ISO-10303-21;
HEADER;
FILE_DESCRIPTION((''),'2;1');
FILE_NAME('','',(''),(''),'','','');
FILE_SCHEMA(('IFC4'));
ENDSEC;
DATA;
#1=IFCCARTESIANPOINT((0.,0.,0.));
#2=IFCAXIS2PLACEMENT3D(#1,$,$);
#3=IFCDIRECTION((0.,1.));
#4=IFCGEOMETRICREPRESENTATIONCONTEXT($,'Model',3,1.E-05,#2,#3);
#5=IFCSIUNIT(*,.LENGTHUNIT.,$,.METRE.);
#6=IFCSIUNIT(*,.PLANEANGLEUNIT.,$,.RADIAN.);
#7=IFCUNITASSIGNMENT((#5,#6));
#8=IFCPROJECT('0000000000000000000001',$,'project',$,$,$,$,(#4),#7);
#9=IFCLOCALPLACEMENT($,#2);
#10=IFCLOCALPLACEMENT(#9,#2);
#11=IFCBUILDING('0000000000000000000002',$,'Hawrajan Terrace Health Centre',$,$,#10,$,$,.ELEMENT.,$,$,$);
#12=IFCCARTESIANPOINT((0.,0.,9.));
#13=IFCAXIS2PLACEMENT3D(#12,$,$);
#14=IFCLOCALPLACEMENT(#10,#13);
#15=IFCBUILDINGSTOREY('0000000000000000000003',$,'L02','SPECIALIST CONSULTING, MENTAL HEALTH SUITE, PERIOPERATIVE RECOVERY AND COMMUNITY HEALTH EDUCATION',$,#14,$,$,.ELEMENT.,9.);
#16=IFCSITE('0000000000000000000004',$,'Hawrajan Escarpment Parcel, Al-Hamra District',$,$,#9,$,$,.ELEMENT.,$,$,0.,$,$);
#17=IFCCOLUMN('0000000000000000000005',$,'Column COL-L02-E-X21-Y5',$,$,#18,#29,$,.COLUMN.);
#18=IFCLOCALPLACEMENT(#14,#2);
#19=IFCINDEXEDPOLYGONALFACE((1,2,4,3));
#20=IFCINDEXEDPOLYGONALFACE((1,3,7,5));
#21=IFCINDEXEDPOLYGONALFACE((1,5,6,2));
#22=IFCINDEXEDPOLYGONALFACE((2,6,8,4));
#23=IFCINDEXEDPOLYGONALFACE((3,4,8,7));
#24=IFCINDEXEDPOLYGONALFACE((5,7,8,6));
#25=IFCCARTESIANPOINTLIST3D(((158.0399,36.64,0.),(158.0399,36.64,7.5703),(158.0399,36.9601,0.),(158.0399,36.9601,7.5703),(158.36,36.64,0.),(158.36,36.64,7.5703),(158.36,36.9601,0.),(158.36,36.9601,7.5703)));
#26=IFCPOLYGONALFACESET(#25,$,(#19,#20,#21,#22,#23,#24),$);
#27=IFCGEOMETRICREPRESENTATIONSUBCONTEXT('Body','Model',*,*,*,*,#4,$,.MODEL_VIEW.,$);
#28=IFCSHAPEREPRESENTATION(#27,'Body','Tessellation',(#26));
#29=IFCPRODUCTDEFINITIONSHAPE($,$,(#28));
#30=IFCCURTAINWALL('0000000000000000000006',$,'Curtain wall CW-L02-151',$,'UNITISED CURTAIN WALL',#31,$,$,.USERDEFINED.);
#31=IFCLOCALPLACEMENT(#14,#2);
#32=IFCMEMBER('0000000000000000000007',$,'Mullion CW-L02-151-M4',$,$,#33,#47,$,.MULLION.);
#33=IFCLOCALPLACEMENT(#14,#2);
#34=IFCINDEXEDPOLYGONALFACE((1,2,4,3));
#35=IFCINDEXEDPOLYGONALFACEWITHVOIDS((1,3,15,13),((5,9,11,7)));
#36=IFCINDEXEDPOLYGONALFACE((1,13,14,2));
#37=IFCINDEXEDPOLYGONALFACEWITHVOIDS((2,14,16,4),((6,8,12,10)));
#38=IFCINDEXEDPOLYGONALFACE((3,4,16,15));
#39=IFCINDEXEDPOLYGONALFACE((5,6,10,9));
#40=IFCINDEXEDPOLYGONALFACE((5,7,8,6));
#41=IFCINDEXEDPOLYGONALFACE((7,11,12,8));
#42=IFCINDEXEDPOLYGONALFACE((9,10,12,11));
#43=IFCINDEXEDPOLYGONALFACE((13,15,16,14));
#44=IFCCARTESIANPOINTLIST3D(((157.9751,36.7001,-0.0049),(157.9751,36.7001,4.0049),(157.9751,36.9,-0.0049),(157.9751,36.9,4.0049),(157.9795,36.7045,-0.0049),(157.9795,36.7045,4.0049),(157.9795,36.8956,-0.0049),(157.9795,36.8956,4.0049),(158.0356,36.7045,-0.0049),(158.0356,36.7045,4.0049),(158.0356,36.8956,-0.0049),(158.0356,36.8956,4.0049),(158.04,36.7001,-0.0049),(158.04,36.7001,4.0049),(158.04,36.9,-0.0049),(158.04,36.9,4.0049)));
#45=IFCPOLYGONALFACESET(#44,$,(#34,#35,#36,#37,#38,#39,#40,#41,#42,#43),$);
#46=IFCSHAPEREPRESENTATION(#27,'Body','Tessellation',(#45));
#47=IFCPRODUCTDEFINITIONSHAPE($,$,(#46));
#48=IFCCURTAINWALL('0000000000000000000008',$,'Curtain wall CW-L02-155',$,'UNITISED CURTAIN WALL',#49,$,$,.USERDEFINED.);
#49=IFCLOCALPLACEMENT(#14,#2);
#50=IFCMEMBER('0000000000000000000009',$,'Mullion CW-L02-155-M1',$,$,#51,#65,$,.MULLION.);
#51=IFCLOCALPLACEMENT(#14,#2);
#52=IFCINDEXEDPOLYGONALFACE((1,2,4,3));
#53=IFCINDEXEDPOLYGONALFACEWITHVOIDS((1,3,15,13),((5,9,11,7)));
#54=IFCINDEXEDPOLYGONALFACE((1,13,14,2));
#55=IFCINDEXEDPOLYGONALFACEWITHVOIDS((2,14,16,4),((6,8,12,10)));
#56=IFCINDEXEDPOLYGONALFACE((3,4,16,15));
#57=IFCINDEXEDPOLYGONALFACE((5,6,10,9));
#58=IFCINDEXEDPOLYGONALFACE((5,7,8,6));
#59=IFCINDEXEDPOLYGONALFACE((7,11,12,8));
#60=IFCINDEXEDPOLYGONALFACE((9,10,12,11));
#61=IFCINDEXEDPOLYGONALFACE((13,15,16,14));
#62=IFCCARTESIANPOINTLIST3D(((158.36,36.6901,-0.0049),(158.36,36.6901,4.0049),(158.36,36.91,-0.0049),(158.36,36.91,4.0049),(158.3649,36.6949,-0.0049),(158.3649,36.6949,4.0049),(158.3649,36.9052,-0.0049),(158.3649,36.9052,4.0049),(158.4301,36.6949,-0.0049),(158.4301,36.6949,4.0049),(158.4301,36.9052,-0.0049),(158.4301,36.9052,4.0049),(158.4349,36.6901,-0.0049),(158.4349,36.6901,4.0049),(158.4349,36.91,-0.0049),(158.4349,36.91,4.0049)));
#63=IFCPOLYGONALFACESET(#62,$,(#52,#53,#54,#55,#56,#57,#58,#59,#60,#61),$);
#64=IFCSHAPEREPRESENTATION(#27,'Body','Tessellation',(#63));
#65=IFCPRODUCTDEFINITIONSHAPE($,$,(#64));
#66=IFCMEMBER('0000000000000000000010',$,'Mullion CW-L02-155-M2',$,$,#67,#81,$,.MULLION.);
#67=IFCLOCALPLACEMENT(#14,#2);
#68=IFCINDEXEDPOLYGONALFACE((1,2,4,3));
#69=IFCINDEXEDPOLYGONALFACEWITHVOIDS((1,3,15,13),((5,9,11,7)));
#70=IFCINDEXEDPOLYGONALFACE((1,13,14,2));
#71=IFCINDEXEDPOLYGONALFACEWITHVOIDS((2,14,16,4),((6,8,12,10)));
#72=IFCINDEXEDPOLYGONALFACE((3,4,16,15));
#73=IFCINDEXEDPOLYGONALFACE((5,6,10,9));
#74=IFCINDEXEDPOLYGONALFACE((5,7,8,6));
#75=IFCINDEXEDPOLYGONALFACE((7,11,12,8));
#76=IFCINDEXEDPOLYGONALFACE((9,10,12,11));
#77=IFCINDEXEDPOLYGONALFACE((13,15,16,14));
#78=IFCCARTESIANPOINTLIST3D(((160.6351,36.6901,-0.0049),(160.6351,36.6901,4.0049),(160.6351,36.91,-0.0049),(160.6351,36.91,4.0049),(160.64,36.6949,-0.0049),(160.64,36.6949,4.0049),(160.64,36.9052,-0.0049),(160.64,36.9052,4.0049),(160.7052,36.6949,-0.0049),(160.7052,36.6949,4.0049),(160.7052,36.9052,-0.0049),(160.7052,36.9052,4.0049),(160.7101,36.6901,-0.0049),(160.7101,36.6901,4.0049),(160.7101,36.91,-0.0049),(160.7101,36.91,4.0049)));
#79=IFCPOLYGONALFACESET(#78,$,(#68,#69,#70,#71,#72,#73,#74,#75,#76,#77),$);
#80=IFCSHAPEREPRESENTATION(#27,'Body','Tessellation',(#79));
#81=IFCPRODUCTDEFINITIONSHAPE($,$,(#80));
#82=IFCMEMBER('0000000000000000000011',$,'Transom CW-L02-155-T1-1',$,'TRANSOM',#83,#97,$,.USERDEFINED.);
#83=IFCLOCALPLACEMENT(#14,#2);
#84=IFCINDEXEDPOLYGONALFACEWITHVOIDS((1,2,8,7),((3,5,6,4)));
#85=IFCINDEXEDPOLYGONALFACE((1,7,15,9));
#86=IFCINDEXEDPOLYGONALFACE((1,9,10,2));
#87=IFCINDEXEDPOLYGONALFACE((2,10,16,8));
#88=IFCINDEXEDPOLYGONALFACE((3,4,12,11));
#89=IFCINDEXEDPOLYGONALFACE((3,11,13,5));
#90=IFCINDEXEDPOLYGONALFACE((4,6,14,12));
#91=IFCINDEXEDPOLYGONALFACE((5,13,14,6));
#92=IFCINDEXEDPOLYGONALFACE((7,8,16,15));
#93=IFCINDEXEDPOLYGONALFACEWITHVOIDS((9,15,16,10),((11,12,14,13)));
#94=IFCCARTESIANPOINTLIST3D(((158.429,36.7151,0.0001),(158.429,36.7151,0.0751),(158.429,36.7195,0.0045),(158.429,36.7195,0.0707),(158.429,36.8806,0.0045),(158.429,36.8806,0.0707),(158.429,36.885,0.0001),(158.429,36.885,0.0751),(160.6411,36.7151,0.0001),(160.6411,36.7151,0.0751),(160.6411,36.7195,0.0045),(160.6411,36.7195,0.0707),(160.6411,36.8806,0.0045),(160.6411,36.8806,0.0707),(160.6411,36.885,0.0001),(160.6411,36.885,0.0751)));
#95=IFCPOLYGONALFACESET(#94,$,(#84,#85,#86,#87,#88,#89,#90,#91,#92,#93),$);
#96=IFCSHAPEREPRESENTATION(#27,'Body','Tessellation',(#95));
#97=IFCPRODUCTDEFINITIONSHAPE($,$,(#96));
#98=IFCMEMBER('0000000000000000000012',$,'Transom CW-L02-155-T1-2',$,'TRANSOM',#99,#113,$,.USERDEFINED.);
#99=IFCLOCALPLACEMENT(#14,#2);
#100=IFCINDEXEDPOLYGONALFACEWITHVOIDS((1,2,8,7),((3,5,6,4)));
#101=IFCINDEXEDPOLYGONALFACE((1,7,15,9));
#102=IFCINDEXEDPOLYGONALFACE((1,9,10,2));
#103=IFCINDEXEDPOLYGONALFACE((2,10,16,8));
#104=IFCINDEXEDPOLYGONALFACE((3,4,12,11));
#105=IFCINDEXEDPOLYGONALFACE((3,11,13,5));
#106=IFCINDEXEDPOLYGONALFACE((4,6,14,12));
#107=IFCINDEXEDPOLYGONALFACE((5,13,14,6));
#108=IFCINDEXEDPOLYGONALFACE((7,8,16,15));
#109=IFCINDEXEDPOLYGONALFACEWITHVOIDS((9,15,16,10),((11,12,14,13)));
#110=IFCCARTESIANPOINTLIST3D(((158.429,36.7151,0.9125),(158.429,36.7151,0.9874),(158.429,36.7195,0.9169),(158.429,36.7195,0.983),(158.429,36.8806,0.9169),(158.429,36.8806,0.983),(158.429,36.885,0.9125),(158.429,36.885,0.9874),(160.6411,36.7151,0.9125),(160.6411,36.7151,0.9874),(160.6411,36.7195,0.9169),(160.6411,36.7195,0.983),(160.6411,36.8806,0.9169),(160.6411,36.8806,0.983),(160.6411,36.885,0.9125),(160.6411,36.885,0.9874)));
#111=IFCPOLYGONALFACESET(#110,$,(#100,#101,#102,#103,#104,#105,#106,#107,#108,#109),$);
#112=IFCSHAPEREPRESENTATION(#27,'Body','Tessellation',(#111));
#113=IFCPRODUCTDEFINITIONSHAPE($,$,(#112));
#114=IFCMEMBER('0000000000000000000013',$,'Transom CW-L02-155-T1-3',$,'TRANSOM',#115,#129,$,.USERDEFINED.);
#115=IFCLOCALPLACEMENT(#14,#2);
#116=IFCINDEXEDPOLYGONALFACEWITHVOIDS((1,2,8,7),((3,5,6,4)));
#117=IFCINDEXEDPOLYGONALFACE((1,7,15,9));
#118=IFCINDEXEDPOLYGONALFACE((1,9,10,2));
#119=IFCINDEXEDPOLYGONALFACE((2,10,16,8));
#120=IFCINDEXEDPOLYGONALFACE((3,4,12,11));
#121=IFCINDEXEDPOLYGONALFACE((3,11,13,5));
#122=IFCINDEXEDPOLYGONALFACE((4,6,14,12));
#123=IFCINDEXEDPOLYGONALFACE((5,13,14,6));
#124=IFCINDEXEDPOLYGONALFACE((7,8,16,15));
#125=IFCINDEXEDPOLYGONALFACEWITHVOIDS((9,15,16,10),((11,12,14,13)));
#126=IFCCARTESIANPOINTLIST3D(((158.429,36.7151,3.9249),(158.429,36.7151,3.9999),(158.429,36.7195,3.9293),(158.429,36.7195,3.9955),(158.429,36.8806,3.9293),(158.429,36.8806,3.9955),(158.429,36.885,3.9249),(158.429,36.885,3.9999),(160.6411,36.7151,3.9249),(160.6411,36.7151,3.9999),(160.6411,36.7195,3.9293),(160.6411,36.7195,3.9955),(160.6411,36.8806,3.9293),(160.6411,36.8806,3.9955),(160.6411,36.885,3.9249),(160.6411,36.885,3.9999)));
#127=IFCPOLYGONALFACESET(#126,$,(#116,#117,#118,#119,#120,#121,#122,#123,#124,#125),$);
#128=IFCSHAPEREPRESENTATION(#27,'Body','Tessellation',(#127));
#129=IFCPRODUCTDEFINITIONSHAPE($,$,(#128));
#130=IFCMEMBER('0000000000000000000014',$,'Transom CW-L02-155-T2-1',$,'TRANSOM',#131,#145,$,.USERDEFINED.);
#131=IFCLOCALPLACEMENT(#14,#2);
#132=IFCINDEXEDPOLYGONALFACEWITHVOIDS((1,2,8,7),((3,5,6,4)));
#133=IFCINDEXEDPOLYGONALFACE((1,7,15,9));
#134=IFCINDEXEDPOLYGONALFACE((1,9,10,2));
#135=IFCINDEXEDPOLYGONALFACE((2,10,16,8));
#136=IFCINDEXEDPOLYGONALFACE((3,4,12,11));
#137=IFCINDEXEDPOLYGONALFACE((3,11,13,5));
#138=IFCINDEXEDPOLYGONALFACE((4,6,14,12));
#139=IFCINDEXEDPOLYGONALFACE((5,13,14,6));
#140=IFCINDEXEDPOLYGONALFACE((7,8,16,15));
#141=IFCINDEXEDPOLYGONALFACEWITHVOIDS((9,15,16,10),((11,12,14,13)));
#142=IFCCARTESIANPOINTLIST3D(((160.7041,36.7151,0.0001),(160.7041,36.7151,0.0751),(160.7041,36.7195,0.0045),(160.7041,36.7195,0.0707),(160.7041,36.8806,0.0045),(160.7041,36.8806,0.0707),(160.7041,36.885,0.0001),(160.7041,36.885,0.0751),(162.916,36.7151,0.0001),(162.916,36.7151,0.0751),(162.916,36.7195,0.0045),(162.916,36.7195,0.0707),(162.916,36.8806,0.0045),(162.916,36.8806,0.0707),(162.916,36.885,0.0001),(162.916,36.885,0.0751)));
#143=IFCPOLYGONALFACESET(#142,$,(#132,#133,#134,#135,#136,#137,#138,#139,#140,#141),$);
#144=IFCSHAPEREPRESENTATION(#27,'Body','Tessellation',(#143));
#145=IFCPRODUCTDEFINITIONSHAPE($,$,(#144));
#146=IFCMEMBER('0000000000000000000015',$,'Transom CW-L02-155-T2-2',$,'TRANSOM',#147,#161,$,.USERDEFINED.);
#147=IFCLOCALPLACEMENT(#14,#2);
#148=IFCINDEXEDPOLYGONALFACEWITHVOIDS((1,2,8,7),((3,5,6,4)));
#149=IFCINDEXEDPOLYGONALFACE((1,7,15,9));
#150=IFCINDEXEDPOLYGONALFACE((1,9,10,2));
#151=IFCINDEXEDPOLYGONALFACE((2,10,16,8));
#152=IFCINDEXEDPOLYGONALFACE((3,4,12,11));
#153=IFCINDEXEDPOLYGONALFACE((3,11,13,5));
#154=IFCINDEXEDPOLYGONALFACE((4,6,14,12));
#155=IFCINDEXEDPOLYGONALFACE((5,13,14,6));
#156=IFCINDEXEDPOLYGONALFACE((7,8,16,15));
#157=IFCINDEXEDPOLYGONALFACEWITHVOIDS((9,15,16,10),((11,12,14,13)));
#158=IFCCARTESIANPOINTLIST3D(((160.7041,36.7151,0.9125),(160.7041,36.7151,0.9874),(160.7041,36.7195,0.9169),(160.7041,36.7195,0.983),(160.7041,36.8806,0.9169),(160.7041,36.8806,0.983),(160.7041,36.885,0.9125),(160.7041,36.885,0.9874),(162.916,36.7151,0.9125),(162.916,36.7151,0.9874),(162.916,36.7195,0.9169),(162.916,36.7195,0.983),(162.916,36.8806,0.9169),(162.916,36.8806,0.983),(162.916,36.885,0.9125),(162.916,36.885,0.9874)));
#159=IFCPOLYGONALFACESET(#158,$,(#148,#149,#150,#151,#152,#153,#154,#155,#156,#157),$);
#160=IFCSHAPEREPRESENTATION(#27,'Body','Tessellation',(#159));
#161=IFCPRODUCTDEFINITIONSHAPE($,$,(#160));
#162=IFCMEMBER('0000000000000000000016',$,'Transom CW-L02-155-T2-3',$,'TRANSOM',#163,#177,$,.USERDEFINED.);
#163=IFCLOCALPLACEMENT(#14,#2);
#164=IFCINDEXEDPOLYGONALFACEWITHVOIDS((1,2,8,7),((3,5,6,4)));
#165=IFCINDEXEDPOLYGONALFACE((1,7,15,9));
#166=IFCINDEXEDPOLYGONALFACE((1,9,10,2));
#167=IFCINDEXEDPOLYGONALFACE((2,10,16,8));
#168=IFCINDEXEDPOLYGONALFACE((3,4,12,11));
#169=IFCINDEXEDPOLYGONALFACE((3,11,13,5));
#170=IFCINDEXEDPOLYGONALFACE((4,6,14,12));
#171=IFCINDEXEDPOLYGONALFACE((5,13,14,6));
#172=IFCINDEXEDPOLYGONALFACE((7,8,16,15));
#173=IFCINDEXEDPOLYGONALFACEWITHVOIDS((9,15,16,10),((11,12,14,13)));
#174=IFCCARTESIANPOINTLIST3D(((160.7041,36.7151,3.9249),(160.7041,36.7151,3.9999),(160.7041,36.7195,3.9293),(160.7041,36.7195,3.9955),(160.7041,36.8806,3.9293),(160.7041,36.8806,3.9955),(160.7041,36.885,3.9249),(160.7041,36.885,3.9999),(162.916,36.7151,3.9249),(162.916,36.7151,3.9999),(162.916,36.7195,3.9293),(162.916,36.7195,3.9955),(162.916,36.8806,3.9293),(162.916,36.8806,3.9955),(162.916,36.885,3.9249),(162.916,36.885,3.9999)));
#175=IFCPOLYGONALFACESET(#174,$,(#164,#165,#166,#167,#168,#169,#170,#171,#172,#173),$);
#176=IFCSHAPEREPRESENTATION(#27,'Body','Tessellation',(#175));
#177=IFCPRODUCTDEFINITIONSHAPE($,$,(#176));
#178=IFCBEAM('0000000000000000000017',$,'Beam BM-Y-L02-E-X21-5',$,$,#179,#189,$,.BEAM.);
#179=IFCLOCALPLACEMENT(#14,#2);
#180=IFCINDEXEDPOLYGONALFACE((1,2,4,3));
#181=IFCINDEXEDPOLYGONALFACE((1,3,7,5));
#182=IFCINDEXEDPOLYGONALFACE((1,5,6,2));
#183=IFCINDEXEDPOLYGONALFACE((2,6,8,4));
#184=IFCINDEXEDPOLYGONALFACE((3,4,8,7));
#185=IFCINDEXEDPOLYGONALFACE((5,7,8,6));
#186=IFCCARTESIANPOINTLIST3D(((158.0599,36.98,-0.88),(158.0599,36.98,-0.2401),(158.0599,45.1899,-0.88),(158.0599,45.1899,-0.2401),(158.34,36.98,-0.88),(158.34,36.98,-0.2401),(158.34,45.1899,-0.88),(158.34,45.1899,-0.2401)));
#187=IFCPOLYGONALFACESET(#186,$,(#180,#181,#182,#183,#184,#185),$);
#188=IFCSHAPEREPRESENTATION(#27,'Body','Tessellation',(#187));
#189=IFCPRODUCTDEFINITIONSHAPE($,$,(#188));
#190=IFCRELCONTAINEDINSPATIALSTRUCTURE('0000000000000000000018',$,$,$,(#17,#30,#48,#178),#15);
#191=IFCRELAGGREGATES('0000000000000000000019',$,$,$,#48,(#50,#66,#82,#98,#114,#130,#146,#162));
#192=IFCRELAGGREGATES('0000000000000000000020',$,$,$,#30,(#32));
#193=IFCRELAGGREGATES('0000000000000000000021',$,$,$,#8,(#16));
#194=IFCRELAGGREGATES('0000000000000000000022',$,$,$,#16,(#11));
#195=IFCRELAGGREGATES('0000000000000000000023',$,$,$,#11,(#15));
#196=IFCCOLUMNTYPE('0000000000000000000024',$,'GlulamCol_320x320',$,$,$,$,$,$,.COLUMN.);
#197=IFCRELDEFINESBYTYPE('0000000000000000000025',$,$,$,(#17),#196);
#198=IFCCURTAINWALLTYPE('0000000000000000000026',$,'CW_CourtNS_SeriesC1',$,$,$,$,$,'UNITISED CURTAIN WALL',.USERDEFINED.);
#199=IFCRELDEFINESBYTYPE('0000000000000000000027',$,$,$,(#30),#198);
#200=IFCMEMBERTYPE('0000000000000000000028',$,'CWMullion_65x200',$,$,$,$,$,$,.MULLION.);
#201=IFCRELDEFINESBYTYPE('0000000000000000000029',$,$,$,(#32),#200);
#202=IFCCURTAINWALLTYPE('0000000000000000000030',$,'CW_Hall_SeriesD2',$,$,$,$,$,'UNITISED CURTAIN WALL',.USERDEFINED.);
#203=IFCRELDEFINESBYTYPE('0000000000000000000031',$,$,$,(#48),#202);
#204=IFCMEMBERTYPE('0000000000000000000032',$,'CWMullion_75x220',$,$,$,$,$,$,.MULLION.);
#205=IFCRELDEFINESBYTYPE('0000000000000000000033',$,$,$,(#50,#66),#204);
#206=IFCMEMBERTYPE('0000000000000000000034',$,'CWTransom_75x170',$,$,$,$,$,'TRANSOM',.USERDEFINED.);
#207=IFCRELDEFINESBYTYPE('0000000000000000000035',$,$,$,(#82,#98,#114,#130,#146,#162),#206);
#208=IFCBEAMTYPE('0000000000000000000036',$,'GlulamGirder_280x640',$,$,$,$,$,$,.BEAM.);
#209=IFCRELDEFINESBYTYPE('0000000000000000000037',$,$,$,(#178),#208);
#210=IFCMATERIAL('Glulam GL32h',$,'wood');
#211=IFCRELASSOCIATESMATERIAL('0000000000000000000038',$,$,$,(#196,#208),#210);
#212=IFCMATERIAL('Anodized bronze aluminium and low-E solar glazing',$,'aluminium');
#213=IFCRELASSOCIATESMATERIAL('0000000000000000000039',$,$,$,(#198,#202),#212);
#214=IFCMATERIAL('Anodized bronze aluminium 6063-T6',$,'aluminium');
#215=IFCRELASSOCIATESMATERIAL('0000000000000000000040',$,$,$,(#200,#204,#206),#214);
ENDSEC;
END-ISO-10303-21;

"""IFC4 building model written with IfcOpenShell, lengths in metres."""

from ifc_helpers import new_model, si_unit, direction, frame, origin, origin_2d, place, context, subcontext, project, spatial, rectangle, hollow_rectangle, extrude, material, material_profile, profile_set, type_object, element, aggregate, save


model = new_model("IFC4")

# Units and contexts
model_context = context("Model", 3, precision=1e-05, world=origin(), true_north=direction((0.0, 1.0)))
body_context = subcontext(model_context, "Body", "Model", "MODEL_VIEW")
ifc_project = project(units=[si_unit("LENGTHUNIT", "METRE"), si_unit("PLANEANGLEUNIT", "RADIAN")], contexts=[model_context])

# Site, building, storey
site_placement = place(None, origin())
site = spatial("IfcSite", under=ifc_project, at=site_placement, Name="Hawrajan Escarpment Parcel, Al-Hamra District", CompositionType="ELEMENT", RefElevation=0.0)
building_placement = place(site_placement, origin())
building = spatial("IfcBuilding", under=site, at=building_placement, Name="Hawrajan Terrace Health Centre", CompositionType="ELEMENT")
storey_placement = place(building_placement, frame((0.0, 0.0, 9.0)))
storey = spatial("IfcBuildingStorey", under=building, at=storey_placement, Name="L02", Description="SPECIALIST CONSULTING, MENTAL HEALTH SUITE, PERIOPERATIVE RECOVERY AND COMMUNITY HEALTH EDUCATION", CompositionType="ELEMENT", Elevation=9.0)

# Column
ifc_material_1 = material(Name="Glulam GL32h", Category="wood")
ifc_material_profile_1 = material_profile(ifc_material_1, rectangle(XDim=0.3201, YDim=0.3201, at=origin_2d()), Name="GL 320x320")
ifc_profile_set_1 = profile_set([ifc_material_profile_1], Name="Glulam GL32h")
column_type = type_object("IfcColumnType", Name="GlulamCol_320x320", PredefinedType="COLUMN", material=ifc_profile_set_1)
column_placement = place(storey_placement, frame((158.2, 36.8, 0.0), z_axis=(0.0, 0.0, 1.0), x_axis=(1.0, 0.0, 0.0)))
element("IfcColumn", 1, at=column_placement, inside=storey, type_object=column_type, Name="Column COL-L02-E-X21-Y5", PredefinedType="COLUMN", context=body_context, shape_type="SweptSolid", body=[
    extrude(rectangle(XDim=0.3201, YDim=0.3201, at=origin_2d()), origin(), (0.0, 0.0, 1.0), 7.5703),
])

# Curtain wall, member
ifc_material_2 = material(Name="Anodized bronze aluminium and low-E solar glazing", Category="aluminium")
curtain_wall_type_1 = type_object("IfcCurtainWallType", Name="CW_CourtNS_SeriesC1", ElementType="UNITISED CURTAIN WALL", PredefinedType="USERDEFINED", material=ifc_material_2)
curtain_wall_1_placement = place(storey_placement, origin())
curtain_wall_1 = element("IfcCurtainWall", 2, at=curtain_wall_1_placement, inside=storey, type_object=curtain_wall_type_1, Name="Curtain wall CW-L02-151", ObjectType="UNITISED CURTAIN WALL", PredefinedType="USERDEFINED")
ifc_material_3 = material(Name="Anodized bronze aluminium 6063-T6", Category="aluminium")
ifc_material_profile_2 = material_profile(ifc_material_3, hollow_rectangle(XDim=0.0649, YDim=0.2, WallThickness=0.0044, at=origin_2d()), Name="CW MUL 65x200")
ifc_profile_set_2 = profile_set([ifc_material_profile_2], Name="Anodized bronze aluminium 6063-T6")
member_type_1 = type_object("IfcMemberType", Name="CWMullion_65x200", PredefinedType="MULLION", material=ifc_profile_set_2)
member_1_placement = place(storey_placement, frame((158.0076, 36.8, -0.0049), z_axis=(0.0, 0.0, 1.0), x_axis=(1.0, 0.0, 0.0)))
member_1 = element("IfcMember", 3, at=member_1_placement, type_object=member_type_1, Name="Mullion CW-L02-151-M4", PredefinedType="MULLION", context=body_context, shape_type="SweptSolid", body=[
    extrude(hollow_rectangle(XDim=0.0649, YDim=0.2, WallThickness=0.0044, at=origin_2d()), origin(), (0.0, 0.0, 1.0), 4.0098),
])

# Curtain wall, members
curtain_wall_type_2 = type_object("IfcCurtainWallType", Name="CW_Hall_SeriesD2", ElementType="UNITISED CURTAIN WALL", PredefinedType="USERDEFINED", material=ifc_material_2)
curtain_wall_2_placement = place(storey_placement, origin())
curtain_wall_2 = element("IfcCurtainWall", 4, at=curtain_wall_2_placement, inside=storey, type_object=curtain_wall_type_2, Name="Curtain wall CW-L02-155", ObjectType="UNITISED CURTAIN WALL", PredefinedType="USERDEFINED")
ifc_material_profile_3 = material_profile(ifc_material_3, hollow_rectangle(XDim=0.075, YDim=0.22, WallThickness=0.0049, at=origin_2d()), Name="CW MUL 75x220")
ifc_profile_set_3 = profile_set([ifc_material_profile_3], Name="Anodized bronze aluminium 6063-T6")
member_type_2 = type_object("IfcMemberType", Name="CWMullion_75x220", PredefinedType="MULLION", material=ifc_profile_set_3)
member_2_placement = place(storey_placement, frame((158.3975, 36.8, -0.0049), z_axis=(0.0, 0.0, 1.0), x_axis=(1.0, 0.0, 0.0)))
member_2 = element("IfcMember", 5, at=member_2_placement, type_object=member_type_2, Name="Mullion CW-L02-155-M1", PredefinedType="MULLION", context=body_context, shape_type="SweptSolid", body=[
    extrude(hollow_rectangle(XDim=0.075, YDim=0.22, WallThickness=0.0049, at=origin_2d()), origin(), (0.0, 0.0, 1.0), 4.0098),
])
member_3_placement = place(storey_placement, frame((160.6726, 36.8, -0.0049), z_axis=(0.0, 0.0, 1.0), x_axis=(1.0, 0.0, 0.0)))
member_3 = element("IfcMember", 6, at=member_3_placement, type_object=member_type_2, Name="Mullion CW-L02-155-M2", PredefinedType="MULLION", context=body_context, shape_type="SweptSolid", body=[
    extrude(hollow_rectangle(XDim=0.075, YDim=0.22, WallThickness=0.0049, at=origin_2d()), origin(), (0.0, 0.0, 1.0), 4.0098),
])
ifc_material_profile_4 = material_profile(ifc_material_3, hollow_rectangle(XDim=0.075, YDim=0.1699, WallThickness=0.0044, at=origin_2d()), Name="CW TRN 75x170")
ifc_profile_set_4 = profile_set([ifc_material_profile_4], Name="Anodized bronze aluminium 6063-T6")
member_type_3 = type_object("IfcMemberType", Name="CWTransom_75x170", ElementType="TRANSOM", PredefinedType="USERDEFINED", material=ifc_profile_set_4)
member_4_placement = place(storey_placement, frame((158.429, 36.8, 0.0376), z_axis=(1.0, 0.0, 0.0), x_axis=(0.0, 0.0, 1.0)))
member_4 = element("IfcMember", 7, at=member_4_placement, type_object=member_type_3, Name="Transom CW-L02-155-T1-1", ObjectType="TRANSOM", PredefinedType="USERDEFINED", context=body_context, shape_type="SweptSolid", body=[
    extrude(hollow_rectangle(XDim=0.075, YDim=0.1699, WallThickness=0.0044, at=origin_2d()), origin(), (0.0, 0.0, 1.0), 2.2122),
])
member_5_placement = place(storey_placement, frame((158.429, 36.8, 0.95), z_axis=(1.0, 0.0, 0.0), x_axis=(0.0, 0.0, 1.0)))
member_5 = element("IfcMember", 8, at=member_5_placement, type_object=member_type_3, Name="Transom CW-L02-155-T1-2", ObjectType="TRANSOM", PredefinedType="USERDEFINED", context=body_context, shape_type="SweptSolid", body=[
    extrude(hollow_rectangle(XDim=0.075, YDim=0.1699, WallThickness=0.0044, at=origin_2d()), origin(), (0.0, 0.0, 1.0), 2.2122),
])
member_6_placement = place(storey_placement, frame((158.429, 36.8, 3.9624), z_axis=(1.0, 0.0, 0.0), x_axis=(0.0, 0.0, 1.0)))
member_6 = element("IfcMember", 9, at=member_6_placement, type_object=member_type_3, Name="Transom CW-L02-155-T1-3", ObjectType="TRANSOM", PredefinedType="USERDEFINED", context=body_context, shape_type="SweptSolid", body=[
    extrude(hollow_rectangle(XDim=0.075, YDim=0.1699, WallThickness=0.0044, at=origin_2d()), origin(), (0.0, 0.0, 1.0), 2.2122),
])
member_7_placement = place(storey_placement, frame((160.7041, 36.8, 0.0376), z_axis=(1.0, 0.0, 0.0), x_axis=(0.0, 0.0, 1.0)))
member_7 = element("IfcMember", 10, at=member_7_placement, type_object=member_type_3, Name="Transom CW-L02-155-T2-1", ObjectType="TRANSOM", PredefinedType="USERDEFINED", context=body_context, shape_type="SweptSolid", body=[
    extrude(hollow_rectangle(XDim=0.075, YDim=0.1699, WallThickness=0.0044, at=origin_2d()), origin(), (0.0, 0.0, 1.0), 2.2119),
])
member_8_placement = place(storey_placement, frame((160.7041, 36.8, 0.95), z_axis=(1.0, 0.0, 0.0), x_axis=(0.0, 0.0, 1.0)))
member_8 = element("IfcMember", 11, at=member_8_placement, type_object=member_type_3, Name="Transom CW-L02-155-T2-2", ObjectType="TRANSOM", PredefinedType="USERDEFINED", context=body_context, shape_type="SweptSolid", body=[
    extrude(hollow_rectangle(XDim=0.075, YDim=0.1699, WallThickness=0.0044, at=origin_2d()), origin(), (0.0, 0.0, 1.0), 2.2119),
])
member_9_placement = place(storey_placement, frame((160.7041, 36.8, 3.9624), z_axis=(1.0, 0.0, 0.0), x_axis=(0.0, 0.0, 1.0)))
member_9 = element("IfcMember", 12, at=member_9_placement, type_object=member_type_3, Name="Transom CW-L02-155-T2-3", ObjectType="TRANSOM", PredefinedType="USERDEFINED", context=body_context, shape_type="SweptSolid", body=[
    extrude(hollow_rectangle(XDim=0.075, YDim=0.1699, WallThickness=0.0044, at=origin_2d()), origin(), (0.0, 0.0, 1.0), 2.2119),
])

# Beam
ifc_material_profile_5 = material_profile(ifc_material_1, rectangle(XDim=0.28, YDim=0.6399, at=origin_2d()), Name="GL BM 280x640")
ifc_profile_set_5 = profile_set([ifc_material_profile_5], Name="Glulam GL32h")
beam_type_1 = type_object("IfcBeamType", Name="GlulamGirder_280x640", PredefinedType="BEAM", material=ifc_profile_set_5)
beam_1_placement = place(storey_placement, frame((158.2, 36.98, -0.5601), z_axis=(0.0, 1.0, 0.0), x_axis=(-1.0, 0.0, 0.0)))
element("IfcBeam", 13, at=beam_1_placement, inside=storey, type_object=beam_type_1, Name="Beam BM-Y-L02-E-X21-5", PredefinedType="BEAM", context=body_context, shape_type="SweptSolid", body=[
    extrude(rectangle(XDim=0.28, YDim=0.6399, at=origin_2d()), origin(), (0.0, 0.0, 1.0), 8.21),
])

aggregate(curtain_wall_2, [member_2, member_3, member_4, member_5, member_6, member_7, member_8, member_9])
aggregate(curtain_wall_1, [member_1])

save(model, "model.ifc")
